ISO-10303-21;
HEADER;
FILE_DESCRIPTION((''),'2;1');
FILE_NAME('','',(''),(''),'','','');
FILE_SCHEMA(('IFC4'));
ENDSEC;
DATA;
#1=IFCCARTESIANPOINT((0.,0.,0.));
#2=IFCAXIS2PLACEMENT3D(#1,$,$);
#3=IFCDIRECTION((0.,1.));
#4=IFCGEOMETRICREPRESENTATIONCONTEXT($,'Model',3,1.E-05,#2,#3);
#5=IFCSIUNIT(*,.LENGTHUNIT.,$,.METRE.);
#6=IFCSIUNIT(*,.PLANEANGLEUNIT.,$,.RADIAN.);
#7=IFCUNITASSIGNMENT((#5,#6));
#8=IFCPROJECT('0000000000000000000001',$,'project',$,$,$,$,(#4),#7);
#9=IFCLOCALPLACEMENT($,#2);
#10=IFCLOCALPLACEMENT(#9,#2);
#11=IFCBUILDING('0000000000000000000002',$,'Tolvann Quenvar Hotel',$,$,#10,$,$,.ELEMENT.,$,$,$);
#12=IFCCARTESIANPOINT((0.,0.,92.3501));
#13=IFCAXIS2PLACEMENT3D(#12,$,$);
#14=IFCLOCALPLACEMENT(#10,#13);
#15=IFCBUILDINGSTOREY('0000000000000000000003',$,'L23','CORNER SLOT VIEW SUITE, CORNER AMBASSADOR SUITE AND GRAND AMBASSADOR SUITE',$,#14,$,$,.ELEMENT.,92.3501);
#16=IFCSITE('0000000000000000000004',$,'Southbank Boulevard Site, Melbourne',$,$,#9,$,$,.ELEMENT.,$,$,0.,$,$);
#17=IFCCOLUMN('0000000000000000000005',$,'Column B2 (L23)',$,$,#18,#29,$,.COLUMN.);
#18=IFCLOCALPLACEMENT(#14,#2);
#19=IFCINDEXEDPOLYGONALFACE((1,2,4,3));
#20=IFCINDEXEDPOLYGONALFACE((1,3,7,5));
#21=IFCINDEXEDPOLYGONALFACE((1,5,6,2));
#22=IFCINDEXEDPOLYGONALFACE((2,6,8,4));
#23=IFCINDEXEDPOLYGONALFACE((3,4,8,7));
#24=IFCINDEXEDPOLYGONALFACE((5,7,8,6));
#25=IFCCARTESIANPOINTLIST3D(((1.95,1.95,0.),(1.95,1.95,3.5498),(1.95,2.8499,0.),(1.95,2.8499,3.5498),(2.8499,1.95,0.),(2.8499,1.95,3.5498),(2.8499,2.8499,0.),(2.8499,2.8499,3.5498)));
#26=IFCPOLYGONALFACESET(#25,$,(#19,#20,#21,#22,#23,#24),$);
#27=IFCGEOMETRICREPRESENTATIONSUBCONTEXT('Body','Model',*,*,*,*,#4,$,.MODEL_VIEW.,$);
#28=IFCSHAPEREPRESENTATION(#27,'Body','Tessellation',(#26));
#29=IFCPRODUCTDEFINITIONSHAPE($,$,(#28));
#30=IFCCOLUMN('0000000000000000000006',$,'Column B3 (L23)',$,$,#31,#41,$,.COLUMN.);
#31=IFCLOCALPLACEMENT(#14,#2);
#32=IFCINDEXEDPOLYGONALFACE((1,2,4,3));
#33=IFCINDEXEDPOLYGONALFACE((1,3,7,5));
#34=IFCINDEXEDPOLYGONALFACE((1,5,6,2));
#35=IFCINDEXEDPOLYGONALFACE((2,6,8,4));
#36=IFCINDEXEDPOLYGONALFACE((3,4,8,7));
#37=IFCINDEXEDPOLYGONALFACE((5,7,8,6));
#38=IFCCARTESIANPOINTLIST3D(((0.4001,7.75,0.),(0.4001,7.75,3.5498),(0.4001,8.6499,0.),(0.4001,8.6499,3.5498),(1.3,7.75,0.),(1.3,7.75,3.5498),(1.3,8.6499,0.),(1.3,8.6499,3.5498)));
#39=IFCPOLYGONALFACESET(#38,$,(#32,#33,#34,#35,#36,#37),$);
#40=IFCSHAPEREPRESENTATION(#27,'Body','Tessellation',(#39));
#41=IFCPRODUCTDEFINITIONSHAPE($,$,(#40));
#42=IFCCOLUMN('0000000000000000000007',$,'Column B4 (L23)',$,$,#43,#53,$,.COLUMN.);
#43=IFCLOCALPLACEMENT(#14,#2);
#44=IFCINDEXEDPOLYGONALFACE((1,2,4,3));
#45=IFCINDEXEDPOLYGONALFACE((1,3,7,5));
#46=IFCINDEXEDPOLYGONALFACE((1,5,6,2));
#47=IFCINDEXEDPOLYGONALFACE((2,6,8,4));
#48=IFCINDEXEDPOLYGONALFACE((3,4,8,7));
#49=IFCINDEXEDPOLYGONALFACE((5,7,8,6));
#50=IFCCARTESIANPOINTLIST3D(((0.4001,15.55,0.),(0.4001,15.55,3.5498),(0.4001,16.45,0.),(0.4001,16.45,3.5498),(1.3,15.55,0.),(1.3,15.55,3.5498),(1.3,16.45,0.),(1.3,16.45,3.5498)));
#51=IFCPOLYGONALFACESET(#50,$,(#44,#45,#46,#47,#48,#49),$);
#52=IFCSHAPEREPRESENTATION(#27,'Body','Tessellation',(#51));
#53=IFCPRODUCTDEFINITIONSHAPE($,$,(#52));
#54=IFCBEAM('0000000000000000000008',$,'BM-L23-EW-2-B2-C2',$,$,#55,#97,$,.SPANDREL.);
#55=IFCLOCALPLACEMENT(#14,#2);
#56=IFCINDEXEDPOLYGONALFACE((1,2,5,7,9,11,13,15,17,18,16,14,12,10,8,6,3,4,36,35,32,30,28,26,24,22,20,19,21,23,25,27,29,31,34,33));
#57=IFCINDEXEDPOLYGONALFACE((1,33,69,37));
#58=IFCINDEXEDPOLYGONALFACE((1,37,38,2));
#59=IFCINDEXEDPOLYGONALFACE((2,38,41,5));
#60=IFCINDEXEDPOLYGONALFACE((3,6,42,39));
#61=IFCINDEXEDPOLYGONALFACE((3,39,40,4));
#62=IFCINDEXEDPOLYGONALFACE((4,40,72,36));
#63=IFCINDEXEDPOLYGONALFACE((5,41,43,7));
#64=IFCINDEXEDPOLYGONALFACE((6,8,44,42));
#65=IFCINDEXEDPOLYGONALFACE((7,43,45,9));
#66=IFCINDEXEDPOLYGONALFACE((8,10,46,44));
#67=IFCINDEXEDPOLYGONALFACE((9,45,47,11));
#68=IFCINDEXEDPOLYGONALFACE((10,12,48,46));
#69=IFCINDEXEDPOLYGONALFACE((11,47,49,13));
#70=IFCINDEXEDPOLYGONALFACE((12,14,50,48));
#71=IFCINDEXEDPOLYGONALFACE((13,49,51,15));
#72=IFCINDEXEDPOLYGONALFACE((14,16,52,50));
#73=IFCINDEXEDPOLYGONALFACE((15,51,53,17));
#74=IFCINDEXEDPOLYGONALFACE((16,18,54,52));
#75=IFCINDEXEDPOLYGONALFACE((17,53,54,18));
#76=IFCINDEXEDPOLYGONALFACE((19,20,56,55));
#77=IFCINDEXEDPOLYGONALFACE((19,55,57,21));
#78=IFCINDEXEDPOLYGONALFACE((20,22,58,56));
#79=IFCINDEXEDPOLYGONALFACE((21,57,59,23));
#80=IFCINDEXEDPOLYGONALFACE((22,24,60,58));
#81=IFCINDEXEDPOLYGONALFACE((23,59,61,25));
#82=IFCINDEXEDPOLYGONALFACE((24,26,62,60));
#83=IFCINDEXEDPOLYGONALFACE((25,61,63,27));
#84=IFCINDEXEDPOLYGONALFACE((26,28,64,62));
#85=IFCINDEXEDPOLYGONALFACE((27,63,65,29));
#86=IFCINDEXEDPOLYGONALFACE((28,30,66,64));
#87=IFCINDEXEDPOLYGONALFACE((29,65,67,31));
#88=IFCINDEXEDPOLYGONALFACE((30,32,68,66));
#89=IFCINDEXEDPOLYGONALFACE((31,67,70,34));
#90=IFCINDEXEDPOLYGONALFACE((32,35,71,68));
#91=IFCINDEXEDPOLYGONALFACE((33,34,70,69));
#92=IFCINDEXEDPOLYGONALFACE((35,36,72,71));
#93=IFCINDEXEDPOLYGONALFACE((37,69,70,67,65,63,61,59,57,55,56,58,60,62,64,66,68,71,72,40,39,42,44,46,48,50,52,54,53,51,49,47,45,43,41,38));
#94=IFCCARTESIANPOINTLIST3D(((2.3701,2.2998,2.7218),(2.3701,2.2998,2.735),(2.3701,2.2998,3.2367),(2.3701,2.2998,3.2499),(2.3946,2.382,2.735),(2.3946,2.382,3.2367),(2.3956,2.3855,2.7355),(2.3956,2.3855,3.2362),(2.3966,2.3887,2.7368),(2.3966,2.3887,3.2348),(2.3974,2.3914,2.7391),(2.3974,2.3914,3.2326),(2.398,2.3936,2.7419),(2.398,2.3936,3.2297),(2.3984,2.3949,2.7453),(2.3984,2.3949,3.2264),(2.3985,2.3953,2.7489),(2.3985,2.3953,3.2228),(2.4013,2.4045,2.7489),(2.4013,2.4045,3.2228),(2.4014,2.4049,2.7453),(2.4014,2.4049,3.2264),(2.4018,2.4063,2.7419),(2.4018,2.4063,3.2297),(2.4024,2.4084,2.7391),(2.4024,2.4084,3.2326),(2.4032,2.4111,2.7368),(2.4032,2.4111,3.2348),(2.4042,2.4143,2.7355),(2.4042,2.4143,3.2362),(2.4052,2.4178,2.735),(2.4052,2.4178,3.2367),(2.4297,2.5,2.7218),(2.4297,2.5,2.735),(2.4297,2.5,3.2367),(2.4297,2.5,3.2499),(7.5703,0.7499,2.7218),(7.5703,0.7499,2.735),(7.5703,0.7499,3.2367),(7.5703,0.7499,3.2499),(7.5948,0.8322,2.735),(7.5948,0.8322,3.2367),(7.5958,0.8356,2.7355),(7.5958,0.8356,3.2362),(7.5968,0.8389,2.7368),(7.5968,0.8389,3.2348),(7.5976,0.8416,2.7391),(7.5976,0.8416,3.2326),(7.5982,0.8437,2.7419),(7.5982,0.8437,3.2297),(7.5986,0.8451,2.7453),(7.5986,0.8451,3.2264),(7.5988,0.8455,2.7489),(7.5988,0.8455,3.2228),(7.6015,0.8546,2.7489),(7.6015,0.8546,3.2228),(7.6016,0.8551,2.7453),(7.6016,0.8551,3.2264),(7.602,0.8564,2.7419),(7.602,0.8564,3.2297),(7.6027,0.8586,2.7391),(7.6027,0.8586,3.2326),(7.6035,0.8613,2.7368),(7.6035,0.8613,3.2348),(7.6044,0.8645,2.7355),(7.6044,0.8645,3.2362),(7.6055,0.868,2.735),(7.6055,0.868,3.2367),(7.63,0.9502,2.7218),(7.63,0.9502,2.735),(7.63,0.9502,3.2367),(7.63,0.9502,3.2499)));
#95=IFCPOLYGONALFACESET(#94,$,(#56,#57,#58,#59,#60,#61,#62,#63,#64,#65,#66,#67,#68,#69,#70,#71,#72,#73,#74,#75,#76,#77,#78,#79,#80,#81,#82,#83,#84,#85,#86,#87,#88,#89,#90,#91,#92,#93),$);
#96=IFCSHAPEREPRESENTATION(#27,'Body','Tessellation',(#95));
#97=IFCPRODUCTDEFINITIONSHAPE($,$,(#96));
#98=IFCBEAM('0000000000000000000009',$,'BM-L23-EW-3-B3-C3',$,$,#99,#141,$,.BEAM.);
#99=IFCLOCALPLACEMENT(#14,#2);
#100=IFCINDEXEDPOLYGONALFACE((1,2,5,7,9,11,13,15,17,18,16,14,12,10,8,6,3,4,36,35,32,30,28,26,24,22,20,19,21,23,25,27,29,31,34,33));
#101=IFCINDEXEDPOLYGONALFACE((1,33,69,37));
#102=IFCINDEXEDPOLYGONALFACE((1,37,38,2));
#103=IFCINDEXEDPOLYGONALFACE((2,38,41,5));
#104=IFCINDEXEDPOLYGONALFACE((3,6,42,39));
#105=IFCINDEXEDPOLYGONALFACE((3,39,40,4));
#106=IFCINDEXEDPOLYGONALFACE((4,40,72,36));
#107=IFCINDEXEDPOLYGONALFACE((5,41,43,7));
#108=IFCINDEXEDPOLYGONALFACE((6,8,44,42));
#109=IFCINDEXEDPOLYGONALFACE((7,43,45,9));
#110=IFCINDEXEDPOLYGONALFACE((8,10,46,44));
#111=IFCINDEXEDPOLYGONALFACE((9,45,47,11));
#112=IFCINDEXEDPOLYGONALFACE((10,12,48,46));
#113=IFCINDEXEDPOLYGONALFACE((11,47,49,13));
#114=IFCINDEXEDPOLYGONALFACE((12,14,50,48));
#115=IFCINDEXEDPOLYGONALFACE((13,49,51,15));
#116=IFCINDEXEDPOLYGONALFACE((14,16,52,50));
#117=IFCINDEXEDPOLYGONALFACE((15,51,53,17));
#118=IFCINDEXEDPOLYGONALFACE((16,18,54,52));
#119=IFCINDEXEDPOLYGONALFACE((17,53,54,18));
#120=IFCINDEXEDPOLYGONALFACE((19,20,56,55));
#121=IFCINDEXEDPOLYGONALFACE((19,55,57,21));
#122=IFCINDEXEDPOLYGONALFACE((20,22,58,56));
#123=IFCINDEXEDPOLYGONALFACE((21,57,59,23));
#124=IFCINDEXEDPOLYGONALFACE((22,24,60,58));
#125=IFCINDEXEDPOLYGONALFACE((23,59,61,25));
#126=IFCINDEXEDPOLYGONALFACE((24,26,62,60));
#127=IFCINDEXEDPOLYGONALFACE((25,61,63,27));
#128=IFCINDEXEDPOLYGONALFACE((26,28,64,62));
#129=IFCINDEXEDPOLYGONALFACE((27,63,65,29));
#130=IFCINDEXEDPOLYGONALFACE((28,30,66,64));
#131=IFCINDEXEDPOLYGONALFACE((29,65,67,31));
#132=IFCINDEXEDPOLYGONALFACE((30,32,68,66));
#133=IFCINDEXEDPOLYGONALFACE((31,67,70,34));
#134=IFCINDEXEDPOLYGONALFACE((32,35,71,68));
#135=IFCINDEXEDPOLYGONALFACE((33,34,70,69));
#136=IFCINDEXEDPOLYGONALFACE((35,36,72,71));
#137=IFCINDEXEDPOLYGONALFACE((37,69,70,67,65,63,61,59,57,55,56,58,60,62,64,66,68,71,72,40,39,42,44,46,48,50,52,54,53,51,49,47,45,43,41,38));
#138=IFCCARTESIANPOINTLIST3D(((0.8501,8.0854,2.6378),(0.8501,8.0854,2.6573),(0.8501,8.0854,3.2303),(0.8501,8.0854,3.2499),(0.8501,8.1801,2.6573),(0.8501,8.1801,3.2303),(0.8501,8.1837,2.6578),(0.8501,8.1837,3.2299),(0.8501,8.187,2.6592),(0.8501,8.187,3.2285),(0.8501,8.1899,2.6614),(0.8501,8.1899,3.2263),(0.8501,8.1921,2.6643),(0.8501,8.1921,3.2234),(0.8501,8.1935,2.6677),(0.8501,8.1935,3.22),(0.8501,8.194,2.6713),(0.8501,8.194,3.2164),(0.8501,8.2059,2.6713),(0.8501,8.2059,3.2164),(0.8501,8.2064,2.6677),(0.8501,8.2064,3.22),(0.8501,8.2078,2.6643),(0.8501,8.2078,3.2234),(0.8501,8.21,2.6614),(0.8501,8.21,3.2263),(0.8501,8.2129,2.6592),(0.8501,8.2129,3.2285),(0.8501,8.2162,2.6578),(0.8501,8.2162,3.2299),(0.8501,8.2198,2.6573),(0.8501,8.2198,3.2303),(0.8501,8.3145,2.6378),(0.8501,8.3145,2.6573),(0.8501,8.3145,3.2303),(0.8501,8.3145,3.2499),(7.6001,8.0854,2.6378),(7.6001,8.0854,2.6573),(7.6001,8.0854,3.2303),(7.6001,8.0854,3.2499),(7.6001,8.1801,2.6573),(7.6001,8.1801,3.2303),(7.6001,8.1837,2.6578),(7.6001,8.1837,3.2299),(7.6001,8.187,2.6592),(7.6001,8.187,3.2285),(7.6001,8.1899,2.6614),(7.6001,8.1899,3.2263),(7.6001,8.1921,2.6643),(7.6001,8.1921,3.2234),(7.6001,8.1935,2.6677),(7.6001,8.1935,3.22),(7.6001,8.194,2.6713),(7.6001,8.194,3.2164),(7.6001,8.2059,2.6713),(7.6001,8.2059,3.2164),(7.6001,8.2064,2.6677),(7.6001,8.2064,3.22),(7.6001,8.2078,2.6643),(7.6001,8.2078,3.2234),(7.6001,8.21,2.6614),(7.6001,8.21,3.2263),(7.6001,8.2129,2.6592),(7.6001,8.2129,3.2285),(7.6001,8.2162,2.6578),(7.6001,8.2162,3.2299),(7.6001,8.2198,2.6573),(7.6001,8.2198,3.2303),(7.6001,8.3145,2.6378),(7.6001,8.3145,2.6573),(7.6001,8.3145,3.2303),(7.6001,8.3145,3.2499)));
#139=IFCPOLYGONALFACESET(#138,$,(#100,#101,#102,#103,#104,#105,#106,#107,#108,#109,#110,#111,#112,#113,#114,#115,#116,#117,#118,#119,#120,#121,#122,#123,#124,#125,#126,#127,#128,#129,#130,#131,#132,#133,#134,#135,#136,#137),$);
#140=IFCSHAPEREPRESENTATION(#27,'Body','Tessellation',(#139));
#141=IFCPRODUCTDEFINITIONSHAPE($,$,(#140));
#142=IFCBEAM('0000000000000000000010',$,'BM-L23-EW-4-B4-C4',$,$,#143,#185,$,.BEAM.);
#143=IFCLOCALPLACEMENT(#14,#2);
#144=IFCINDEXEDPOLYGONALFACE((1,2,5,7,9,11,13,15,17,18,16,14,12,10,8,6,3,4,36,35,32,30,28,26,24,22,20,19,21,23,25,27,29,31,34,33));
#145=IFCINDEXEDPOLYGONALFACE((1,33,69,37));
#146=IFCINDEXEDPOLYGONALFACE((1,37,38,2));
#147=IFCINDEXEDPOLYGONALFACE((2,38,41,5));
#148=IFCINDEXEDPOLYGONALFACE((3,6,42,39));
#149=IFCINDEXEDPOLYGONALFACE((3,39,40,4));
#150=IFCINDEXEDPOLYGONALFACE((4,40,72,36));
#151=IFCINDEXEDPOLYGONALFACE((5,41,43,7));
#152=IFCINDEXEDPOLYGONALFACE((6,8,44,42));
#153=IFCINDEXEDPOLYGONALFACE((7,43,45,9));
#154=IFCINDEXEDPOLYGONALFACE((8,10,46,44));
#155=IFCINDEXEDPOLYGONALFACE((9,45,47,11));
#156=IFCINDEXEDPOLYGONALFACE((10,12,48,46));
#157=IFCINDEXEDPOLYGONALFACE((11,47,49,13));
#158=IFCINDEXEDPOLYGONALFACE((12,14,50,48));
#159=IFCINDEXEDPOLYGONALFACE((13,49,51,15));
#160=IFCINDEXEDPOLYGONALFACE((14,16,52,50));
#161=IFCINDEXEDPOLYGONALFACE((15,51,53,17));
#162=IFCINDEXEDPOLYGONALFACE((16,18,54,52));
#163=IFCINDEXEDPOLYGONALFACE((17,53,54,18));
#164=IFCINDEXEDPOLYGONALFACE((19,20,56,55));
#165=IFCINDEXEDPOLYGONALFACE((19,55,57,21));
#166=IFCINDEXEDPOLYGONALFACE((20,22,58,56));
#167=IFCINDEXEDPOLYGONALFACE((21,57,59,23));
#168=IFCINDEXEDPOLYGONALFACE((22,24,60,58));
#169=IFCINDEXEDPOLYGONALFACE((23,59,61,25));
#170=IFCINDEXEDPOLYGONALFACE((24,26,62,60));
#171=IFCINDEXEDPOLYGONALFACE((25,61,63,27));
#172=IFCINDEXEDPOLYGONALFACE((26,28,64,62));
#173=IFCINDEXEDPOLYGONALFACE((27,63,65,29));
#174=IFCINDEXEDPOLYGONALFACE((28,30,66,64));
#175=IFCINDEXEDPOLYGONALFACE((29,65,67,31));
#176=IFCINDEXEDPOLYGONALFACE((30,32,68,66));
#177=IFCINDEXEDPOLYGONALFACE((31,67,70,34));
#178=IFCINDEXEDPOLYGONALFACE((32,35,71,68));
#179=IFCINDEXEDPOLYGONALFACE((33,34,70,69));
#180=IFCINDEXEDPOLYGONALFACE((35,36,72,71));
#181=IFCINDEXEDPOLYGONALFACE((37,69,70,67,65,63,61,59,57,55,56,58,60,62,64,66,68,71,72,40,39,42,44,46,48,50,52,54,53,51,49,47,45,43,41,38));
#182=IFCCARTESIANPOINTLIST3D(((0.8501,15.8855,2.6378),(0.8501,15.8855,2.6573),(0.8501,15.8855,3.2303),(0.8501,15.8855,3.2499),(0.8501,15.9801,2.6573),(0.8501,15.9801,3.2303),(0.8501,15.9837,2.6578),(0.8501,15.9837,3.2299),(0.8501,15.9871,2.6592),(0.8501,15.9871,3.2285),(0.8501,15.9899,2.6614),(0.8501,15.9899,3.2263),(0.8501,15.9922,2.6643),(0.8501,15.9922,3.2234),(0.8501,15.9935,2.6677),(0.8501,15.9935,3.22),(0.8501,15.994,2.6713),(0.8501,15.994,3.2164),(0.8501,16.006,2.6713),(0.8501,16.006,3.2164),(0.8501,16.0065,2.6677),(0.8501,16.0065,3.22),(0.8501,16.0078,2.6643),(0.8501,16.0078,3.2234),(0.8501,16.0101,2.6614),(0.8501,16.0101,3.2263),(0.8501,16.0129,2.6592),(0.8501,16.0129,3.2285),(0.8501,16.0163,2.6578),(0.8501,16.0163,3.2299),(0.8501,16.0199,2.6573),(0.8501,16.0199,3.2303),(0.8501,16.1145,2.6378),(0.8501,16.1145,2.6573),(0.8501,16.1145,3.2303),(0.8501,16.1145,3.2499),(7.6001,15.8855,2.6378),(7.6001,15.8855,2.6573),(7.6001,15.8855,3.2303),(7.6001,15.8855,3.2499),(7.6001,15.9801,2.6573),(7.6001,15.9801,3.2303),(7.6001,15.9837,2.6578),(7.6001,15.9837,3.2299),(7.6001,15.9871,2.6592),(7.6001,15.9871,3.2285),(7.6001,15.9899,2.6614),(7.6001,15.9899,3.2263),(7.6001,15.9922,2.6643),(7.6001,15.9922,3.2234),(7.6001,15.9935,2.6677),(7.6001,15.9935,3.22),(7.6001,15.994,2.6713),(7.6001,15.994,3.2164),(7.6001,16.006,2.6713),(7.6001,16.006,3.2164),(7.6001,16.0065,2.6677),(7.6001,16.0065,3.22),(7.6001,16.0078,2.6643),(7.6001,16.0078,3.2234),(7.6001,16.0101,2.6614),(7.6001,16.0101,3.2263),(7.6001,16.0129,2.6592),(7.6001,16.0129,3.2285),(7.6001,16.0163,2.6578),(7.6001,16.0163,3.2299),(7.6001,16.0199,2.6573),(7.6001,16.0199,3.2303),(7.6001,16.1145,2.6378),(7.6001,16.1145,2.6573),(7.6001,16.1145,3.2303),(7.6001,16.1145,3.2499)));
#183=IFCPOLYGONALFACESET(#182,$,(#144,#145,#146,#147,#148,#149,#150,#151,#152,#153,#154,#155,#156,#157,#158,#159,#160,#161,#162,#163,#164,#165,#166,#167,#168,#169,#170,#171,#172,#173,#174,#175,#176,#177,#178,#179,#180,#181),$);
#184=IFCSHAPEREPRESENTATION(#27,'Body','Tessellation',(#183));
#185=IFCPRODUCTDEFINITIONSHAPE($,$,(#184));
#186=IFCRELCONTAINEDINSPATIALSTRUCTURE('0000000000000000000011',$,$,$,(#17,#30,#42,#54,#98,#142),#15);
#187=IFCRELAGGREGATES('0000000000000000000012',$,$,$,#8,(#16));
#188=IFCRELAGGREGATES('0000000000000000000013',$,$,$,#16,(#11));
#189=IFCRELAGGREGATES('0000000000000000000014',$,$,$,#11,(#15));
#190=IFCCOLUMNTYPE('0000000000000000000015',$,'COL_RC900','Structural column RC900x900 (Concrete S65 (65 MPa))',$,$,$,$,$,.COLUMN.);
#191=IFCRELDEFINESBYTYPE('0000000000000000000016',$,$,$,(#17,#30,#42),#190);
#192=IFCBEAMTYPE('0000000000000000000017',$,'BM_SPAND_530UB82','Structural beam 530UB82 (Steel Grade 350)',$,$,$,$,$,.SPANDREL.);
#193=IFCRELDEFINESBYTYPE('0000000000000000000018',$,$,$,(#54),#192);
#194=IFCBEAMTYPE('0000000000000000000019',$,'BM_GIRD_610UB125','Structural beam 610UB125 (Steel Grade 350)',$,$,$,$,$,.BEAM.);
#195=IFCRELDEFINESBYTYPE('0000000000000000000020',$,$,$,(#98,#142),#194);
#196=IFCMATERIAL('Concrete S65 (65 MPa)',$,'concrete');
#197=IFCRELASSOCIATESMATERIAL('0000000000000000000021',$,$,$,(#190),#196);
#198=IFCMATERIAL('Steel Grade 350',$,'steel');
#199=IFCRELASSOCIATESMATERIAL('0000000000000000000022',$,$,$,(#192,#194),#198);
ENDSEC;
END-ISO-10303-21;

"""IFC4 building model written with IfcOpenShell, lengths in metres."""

from ifc_helpers import new_model, si_unit, direction, frame, origin, origin_2d, place, context, subcontext, project, spatial, rectangle, i_section, extrude, source, transform, mapped, material, material_profile, profile_set, type_object, type_shapes, element, save


model = new_model("IFC4")

# Units and contexts
model_context = context("Model", 3, precision=1e-05, world=origin(), true_north=direction((0.0, 1.0)))
body_context = subcontext(model_context, "Body", "Model", "MODEL_VIEW")
ifc_project = project(units=[si_unit("LENGTHUNIT", "METRE"), si_unit("PLANEANGLEUNIT", "RADIAN")], contexts=[model_context])

# Site, building, storey
site_placement = place(None, origin())
site = spatial("IfcSite", under=ifc_project, at=site_placement, Name="Southbank Boulevard Site, Melbourne", CompositionType="ELEMENT", RefElevation=0.0)
building_placement = place(site_placement, origin())
building = spatial("IfcBuilding", under=site, at=building_placement, Name="Tolvann Quenvar Hotel", CompositionType="ELEMENT")
storey_placement = place(building_placement, frame((0.0, 0.0, 92.3501)))
storey = spatial("IfcBuildingStorey", under=building, at=storey_placement, Name="L23", Description="CORNER SLOT VIEW SUITE, CORNER AMBASSADOR SUITE AND GRAND AMBASSADOR SUITE", CompositionType="ELEMENT", Elevation=92.3501)

# Columns
ifc_material_1 = material(Name="Concrete S65 (65 MPa)", Category="concrete")
ifc_material_profile_1 = material_profile(ifc_material_1, rectangle(XDim=0.8999, YDim=0.8999, at=origin_2d()), Name="RC900x900")
ifc_profile_set_1 = profile_set([ifc_material_profile_1], Name="Concrete S65 (65 MPa)")
column_type = type_object("IfcColumnType", Name="COL_RC900", Description="Structural column RC900x900 (Concrete S65 (65 MPa))", PredefinedType="COLUMN", material=ifc_profile_set_1)
shared_shape_1 = source(origin(), body_context, "Body", "SweptSolid", [
    extrude(rectangle(XDim=0.8999, YDim=0.8999, at=origin_2d()), origin(), (0.0, 0.0, 1.0), 3.5498),
])
type_shapes(column_type, [shared_shape_1])
for number, where, z_axis, x_axis, name in (
    (1, (2.3999, 2.3999, 0.0), (0.0, 0.0, 1.0), (1.0, 0.0, 0.0), "Column B2 (L23)"),
    (2, (0.8501, 8.2, 0.0), (0.0, 0.0, 1.0), (1.0, 0.0, 0.0), "Column B3 (L23)"),
    (3, (0.8501, 16.0, 0.0), (0.0, 0.0, 1.0), (1.0, 0.0, 0.0), "Column B4 (L23)"),
):
    element("IfcColumn", number, at=place(storey_placement, frame(where, z_axis=z_axis, x_axis=x_axis)), inside=storey, type_object=column_type, Name=name, PredefinedType="COLUMN", context=body_context, shape_type="MappedRepresentation", body=[
        mapped(shared_shape_1, transform((0.0, 0.0, 0.0), x_axis=(1.0, 0.0, 0.0), y_axis=(0.0, 1.0, 0.0), z_axis=(0.0, 0.0, 1.0), scale=1.0)),
    ])

# Beams
ifc_material_2 = material(Name="Steel Grade 350", Category="steel")
ifc_material_profile_2 = material_profile(ifc_material_2, i_section(OverallWidth=0.209, OverallDepth=0.5281, WebThickness=0.0095, FlangeThickness=0.0132, FilletRadius=0.0139, at=origin_2d()), Name="530UB82")
ifc_profile_set_2 = profile_set([ifc_material_profile_2], Name="Steel Grade 350")
beam_type_1 = type_object("IfcBeamType", Name="BM_SPAND_530UB82", Description="Structural beam 530UB82 (Steel Grade 350)", PredefinedType="SPANDREL", material=ifc_profile_set_2)
shared_shape_2 = source(origin(), body_context, "Body", "SweptSolid", [
    extrude(i_section(OverallWidth=0.209, OverallDepth=0.5281, WebThickness=0.0095, FlangeThickness=0.0132, FilletRadius=0.0139, at=origin_2d()), origin(), (0.0, 0.0, 1.0), 5.4263),
])
beam_1_placement = place(storey_placement, frame((2.3999, 2.3999, 2.9858), z_axis=(0.958345, -0.285614, 0.0), x_axis=(0.285614, 0.958345, 0.0)))
element("IfcBeam", 4, at=beam_1_placement, inside=storey, type_object=beam_type_1, Name="BM-L23-EW-2-B2-C2", PredefinedType="SPANDREL", context=body_context, shape_type="MappedRepresentation", body=[
    mapped(shared_shape_2, transform((0.0, 0.0, 0.0), x_axis=(1.0, 0.0, 0.0), y_axis=(0.0, 1.0, 0.0), z_axis=(0.0, 0.0, 1.0), scale=1.0)),
])
ifc_material_profile_3 = material_profile(ifc_material_2, i_section(OverallWidth=0.229, OverallDepth=0.6121, WebThickness=0.012, FlangeThickness=0.0195, FilletRadius=0.0139, at=origin_2d()), Name="610UB125")
ifc_profile_set_3 = profile_set([ifc_material_profile_3], Name="Steel Grade 350")
beam_type_2 = type_object("IfcBeamType", Name="BM_GIRD_610UB125", Description="Structural beam 610UB125 (Steel Grade 350)", PredefinedType="BEAM", material=ifc_profile_set_3)
shared_shape_3 = source(origin(), body_context, "Body", "SweptSolid", [
    extrude(i_section(OverallWidth=0.229, OverallDepth=0.6121, WebThickness=0.012, FlangeThickness=0.0195, FilletRadius=0.0139, at=origin_2d()), origin(), (0.0, 0.0, 1.0), 6.75),
])
type_shapes(beam_type_2, [shared_shape_3])
for number, where, z_axis, x_axis, name in (
    (5, (0.8501, 8.2, 2.9438), (1.0, 0.0, 0.0), (0.0, 1.0, 0.0), "BM-L23-EW-3-B3-C3"),
    (6, (0.8501, 16.0, 2.9438), (1.0, 0.0, 0.0), (0.0, 1.0, 0.0), "BM-L23-EW-4-B4-C4"),
):
    element("IfcBeam", number, at=place(storey_placement, frame(where, z_axis=z_axis, x_axis=x_axis)), inside=storey, type_object=beam_type_2, Name=name, PredefinedType="BEAM", context=body_context, shape_type="MappedRepresentation", body=[
        mapped(shared_shape_3, transform((0.0, 0.0, 0.0), x_axis=(1.0, 0.0, 0.0), y_axis=(0.0, 1.0, 0.0), z_axis=(0.0, 0.0, 1.0), scale=1.0)),
    ])

save(model, "model.ifc")
